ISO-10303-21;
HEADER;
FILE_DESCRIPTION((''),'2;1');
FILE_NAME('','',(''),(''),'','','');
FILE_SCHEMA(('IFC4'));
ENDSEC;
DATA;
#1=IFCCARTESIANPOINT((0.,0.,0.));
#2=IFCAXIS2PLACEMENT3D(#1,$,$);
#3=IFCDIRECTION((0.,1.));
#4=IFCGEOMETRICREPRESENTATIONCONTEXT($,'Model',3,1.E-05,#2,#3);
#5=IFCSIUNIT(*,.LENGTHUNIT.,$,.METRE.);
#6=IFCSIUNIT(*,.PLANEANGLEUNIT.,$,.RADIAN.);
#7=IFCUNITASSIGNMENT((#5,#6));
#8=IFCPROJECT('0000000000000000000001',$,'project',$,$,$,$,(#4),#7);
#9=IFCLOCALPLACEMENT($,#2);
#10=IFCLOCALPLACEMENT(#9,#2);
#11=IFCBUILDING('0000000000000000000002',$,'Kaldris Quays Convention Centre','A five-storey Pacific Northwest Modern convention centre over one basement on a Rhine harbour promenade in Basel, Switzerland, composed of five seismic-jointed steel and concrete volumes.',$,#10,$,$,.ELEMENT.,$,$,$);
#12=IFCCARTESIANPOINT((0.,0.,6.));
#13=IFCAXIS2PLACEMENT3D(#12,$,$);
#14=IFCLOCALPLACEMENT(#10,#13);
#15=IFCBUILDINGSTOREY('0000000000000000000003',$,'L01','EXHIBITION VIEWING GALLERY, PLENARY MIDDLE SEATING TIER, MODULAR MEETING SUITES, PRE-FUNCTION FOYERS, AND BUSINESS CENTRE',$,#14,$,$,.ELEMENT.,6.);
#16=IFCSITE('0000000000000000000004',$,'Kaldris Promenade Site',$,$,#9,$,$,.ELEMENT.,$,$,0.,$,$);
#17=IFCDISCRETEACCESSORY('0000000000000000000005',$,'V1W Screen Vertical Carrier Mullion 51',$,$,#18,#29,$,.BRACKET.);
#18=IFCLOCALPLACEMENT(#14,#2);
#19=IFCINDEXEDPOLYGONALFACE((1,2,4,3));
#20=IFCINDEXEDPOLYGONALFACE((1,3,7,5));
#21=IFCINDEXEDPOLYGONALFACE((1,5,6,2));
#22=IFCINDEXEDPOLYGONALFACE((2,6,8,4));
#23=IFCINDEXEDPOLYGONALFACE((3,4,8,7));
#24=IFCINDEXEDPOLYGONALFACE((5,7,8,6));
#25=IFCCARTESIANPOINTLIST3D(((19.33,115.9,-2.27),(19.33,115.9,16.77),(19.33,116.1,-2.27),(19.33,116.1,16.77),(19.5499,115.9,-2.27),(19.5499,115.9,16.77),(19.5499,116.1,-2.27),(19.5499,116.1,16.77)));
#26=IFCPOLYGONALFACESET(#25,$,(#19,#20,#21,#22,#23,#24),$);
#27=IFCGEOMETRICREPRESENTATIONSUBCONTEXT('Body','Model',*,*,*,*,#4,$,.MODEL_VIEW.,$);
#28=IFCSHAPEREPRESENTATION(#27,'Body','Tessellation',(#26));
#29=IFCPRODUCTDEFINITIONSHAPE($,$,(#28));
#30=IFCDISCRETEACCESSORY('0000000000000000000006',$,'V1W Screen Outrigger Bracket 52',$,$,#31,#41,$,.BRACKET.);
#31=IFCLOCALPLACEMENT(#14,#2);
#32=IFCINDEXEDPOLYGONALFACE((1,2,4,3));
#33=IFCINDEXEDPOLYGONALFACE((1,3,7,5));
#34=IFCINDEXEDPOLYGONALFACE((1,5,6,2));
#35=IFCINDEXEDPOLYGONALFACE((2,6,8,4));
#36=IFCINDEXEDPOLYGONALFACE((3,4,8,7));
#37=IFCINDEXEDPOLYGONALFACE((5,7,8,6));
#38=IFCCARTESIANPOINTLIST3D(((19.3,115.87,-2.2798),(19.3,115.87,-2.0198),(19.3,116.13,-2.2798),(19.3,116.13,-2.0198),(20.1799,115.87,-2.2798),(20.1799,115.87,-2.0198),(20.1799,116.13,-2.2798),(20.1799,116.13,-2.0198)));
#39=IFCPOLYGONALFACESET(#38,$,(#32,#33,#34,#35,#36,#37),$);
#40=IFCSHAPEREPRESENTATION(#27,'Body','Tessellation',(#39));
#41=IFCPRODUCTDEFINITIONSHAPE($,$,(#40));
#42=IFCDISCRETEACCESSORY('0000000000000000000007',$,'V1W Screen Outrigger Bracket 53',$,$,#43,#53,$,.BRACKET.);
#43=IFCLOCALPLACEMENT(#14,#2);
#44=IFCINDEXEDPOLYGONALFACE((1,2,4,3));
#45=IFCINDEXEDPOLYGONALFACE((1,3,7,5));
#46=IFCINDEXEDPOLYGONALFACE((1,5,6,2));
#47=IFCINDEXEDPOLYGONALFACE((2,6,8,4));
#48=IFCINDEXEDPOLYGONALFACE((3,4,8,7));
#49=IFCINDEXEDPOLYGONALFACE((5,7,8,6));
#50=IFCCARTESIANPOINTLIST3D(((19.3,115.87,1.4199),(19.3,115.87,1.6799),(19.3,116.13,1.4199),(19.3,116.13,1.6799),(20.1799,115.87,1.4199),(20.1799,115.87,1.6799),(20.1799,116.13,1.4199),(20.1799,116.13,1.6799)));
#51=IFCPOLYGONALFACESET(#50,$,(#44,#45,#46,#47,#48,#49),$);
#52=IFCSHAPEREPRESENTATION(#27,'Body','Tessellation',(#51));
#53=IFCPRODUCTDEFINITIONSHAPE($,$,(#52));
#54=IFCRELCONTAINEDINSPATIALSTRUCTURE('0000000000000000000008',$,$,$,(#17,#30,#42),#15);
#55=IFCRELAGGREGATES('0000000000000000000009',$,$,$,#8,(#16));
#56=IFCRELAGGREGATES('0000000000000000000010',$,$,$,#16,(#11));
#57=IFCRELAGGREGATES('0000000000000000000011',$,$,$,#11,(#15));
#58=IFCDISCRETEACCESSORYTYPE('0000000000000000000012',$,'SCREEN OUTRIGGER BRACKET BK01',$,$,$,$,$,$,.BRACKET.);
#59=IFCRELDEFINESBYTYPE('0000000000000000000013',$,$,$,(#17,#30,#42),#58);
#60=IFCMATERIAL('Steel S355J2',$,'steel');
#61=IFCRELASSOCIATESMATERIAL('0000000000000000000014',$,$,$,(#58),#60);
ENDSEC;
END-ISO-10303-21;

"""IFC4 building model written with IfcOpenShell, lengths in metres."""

from ifc_helpers import new_model, si_unit, direction, frame, origin, origin_2d, place, context, subcontext, project, spatial, rectangle, extrude, material, type_object, element, save


model = new_model("IFC4")

# Units and contexts
model_context = context("Model", 3, precision=1e-05, world=origin(), true_north=direction((0.0, 1.0)))
body_context = subcontext(model_context, "Body", "Model", "MODEL_VIEW")
ifc_project = project(units=[si_unit("LENGTHUNIT", "METRE"), si_unit("PLANEANGLEUNIT", "RADIAN")], contexts=[model_context])

# Site, building, storey
site_placement = place(None, origin())
site = spatial("IfcSite", under=ifc_project, at=site_placement, Name="Kaldris Promenade Site", CompositionType="ELEMENT", RefElevation=0.0)
building_placement = place(site_placement, origin())
building = spatial("IfcBuilding", under=site, at=building_placement, Name="Kaldris Quays Convention Centre", Description="A five-storey Pacific Northwest Modern convention centre over one basement on a Rhine harbour promenade in Basel, Switzerland, composed of five seismic-jointed steel and concrete volumes.", CompositionType="ELEMENT")
storey_placement = place(building_placement, frame((0.0, 0.0, 6.0)))
storey = spatial("IfcBuildingStorey", under=building, at=storey_placement, Name="L01", Description="EXHIBITION VIEWING GALLERY, PLENARY MIDDLE SEATING TIER, MODULAR MEETING SUITES, PRE-FUNCTION FOYERS, AND BUSINESS CENTRE", CompositionType="ELEMENT", Elevation=6.0)

# Shared definitions
ifc_material_1 = material(Name="Steel S355J2", Category="steel")

# Discrete accessories
discrete_accessory_type = type_object("IfcDiscreteAccessoryType", Name="SCREEN OUTRIGGER BRACKET BK01", PredefinedType="BRACKET", material=ifc_material_1)
discrete_accessory_1_placement = place(storey_placement, frame((19.4399, 116.0, -2.27), z_axis=(0.0, 0.0, 1.0), x_axis=(0.0, 1.0, 0.0)))
element("IfcDiscreteAccessory", 1, at=discrete_accessory_1_placement, inside=storey, type_object=discrete_accessory_type, Name="V1W Screen Vertical Carrier Mullion 51", PredefinedType="BRACKET", context=body_context, shape_type="SweptSolid", body=[
    extrude(rectangle(XDim=0.2, YDim=0.22, at=origin_2d()), origin(), (0.0, 0.0, 1.0), 19.04),
])
for number, where, z_axis, x_axis, name in (
    (2, (19.74, 116.0, -2.2798), (0.0, 0.0, 1.0), (0.0, 1.0, 0.0), "V1W Screen Outrigger Bracket 52"),
    (3, (19.74, 116.0, 1.4199), (0.0, 0.0, 1.0), (0.0, 1.0, 0.0), "V1W Screen Outrigger Bracket 53"),
):
    element("IfcDiscreteAccessory", number, at=place(storey_placement, frame(where, z_axis=z_axis, x_axis=x_axis)), inside=storey, type_object=discrete_accessory_type, Name=name, PredefinedType="BRACKET", context=body_context, shape_type="SweptSolid", body=[
        extrude(rectangle(XDim=0.26, YDim=0.8799, at=origin_2d()), origin(), (0.0, 0.0, 1.0), 0.26),
    ])

save(model, "model.ifc")
